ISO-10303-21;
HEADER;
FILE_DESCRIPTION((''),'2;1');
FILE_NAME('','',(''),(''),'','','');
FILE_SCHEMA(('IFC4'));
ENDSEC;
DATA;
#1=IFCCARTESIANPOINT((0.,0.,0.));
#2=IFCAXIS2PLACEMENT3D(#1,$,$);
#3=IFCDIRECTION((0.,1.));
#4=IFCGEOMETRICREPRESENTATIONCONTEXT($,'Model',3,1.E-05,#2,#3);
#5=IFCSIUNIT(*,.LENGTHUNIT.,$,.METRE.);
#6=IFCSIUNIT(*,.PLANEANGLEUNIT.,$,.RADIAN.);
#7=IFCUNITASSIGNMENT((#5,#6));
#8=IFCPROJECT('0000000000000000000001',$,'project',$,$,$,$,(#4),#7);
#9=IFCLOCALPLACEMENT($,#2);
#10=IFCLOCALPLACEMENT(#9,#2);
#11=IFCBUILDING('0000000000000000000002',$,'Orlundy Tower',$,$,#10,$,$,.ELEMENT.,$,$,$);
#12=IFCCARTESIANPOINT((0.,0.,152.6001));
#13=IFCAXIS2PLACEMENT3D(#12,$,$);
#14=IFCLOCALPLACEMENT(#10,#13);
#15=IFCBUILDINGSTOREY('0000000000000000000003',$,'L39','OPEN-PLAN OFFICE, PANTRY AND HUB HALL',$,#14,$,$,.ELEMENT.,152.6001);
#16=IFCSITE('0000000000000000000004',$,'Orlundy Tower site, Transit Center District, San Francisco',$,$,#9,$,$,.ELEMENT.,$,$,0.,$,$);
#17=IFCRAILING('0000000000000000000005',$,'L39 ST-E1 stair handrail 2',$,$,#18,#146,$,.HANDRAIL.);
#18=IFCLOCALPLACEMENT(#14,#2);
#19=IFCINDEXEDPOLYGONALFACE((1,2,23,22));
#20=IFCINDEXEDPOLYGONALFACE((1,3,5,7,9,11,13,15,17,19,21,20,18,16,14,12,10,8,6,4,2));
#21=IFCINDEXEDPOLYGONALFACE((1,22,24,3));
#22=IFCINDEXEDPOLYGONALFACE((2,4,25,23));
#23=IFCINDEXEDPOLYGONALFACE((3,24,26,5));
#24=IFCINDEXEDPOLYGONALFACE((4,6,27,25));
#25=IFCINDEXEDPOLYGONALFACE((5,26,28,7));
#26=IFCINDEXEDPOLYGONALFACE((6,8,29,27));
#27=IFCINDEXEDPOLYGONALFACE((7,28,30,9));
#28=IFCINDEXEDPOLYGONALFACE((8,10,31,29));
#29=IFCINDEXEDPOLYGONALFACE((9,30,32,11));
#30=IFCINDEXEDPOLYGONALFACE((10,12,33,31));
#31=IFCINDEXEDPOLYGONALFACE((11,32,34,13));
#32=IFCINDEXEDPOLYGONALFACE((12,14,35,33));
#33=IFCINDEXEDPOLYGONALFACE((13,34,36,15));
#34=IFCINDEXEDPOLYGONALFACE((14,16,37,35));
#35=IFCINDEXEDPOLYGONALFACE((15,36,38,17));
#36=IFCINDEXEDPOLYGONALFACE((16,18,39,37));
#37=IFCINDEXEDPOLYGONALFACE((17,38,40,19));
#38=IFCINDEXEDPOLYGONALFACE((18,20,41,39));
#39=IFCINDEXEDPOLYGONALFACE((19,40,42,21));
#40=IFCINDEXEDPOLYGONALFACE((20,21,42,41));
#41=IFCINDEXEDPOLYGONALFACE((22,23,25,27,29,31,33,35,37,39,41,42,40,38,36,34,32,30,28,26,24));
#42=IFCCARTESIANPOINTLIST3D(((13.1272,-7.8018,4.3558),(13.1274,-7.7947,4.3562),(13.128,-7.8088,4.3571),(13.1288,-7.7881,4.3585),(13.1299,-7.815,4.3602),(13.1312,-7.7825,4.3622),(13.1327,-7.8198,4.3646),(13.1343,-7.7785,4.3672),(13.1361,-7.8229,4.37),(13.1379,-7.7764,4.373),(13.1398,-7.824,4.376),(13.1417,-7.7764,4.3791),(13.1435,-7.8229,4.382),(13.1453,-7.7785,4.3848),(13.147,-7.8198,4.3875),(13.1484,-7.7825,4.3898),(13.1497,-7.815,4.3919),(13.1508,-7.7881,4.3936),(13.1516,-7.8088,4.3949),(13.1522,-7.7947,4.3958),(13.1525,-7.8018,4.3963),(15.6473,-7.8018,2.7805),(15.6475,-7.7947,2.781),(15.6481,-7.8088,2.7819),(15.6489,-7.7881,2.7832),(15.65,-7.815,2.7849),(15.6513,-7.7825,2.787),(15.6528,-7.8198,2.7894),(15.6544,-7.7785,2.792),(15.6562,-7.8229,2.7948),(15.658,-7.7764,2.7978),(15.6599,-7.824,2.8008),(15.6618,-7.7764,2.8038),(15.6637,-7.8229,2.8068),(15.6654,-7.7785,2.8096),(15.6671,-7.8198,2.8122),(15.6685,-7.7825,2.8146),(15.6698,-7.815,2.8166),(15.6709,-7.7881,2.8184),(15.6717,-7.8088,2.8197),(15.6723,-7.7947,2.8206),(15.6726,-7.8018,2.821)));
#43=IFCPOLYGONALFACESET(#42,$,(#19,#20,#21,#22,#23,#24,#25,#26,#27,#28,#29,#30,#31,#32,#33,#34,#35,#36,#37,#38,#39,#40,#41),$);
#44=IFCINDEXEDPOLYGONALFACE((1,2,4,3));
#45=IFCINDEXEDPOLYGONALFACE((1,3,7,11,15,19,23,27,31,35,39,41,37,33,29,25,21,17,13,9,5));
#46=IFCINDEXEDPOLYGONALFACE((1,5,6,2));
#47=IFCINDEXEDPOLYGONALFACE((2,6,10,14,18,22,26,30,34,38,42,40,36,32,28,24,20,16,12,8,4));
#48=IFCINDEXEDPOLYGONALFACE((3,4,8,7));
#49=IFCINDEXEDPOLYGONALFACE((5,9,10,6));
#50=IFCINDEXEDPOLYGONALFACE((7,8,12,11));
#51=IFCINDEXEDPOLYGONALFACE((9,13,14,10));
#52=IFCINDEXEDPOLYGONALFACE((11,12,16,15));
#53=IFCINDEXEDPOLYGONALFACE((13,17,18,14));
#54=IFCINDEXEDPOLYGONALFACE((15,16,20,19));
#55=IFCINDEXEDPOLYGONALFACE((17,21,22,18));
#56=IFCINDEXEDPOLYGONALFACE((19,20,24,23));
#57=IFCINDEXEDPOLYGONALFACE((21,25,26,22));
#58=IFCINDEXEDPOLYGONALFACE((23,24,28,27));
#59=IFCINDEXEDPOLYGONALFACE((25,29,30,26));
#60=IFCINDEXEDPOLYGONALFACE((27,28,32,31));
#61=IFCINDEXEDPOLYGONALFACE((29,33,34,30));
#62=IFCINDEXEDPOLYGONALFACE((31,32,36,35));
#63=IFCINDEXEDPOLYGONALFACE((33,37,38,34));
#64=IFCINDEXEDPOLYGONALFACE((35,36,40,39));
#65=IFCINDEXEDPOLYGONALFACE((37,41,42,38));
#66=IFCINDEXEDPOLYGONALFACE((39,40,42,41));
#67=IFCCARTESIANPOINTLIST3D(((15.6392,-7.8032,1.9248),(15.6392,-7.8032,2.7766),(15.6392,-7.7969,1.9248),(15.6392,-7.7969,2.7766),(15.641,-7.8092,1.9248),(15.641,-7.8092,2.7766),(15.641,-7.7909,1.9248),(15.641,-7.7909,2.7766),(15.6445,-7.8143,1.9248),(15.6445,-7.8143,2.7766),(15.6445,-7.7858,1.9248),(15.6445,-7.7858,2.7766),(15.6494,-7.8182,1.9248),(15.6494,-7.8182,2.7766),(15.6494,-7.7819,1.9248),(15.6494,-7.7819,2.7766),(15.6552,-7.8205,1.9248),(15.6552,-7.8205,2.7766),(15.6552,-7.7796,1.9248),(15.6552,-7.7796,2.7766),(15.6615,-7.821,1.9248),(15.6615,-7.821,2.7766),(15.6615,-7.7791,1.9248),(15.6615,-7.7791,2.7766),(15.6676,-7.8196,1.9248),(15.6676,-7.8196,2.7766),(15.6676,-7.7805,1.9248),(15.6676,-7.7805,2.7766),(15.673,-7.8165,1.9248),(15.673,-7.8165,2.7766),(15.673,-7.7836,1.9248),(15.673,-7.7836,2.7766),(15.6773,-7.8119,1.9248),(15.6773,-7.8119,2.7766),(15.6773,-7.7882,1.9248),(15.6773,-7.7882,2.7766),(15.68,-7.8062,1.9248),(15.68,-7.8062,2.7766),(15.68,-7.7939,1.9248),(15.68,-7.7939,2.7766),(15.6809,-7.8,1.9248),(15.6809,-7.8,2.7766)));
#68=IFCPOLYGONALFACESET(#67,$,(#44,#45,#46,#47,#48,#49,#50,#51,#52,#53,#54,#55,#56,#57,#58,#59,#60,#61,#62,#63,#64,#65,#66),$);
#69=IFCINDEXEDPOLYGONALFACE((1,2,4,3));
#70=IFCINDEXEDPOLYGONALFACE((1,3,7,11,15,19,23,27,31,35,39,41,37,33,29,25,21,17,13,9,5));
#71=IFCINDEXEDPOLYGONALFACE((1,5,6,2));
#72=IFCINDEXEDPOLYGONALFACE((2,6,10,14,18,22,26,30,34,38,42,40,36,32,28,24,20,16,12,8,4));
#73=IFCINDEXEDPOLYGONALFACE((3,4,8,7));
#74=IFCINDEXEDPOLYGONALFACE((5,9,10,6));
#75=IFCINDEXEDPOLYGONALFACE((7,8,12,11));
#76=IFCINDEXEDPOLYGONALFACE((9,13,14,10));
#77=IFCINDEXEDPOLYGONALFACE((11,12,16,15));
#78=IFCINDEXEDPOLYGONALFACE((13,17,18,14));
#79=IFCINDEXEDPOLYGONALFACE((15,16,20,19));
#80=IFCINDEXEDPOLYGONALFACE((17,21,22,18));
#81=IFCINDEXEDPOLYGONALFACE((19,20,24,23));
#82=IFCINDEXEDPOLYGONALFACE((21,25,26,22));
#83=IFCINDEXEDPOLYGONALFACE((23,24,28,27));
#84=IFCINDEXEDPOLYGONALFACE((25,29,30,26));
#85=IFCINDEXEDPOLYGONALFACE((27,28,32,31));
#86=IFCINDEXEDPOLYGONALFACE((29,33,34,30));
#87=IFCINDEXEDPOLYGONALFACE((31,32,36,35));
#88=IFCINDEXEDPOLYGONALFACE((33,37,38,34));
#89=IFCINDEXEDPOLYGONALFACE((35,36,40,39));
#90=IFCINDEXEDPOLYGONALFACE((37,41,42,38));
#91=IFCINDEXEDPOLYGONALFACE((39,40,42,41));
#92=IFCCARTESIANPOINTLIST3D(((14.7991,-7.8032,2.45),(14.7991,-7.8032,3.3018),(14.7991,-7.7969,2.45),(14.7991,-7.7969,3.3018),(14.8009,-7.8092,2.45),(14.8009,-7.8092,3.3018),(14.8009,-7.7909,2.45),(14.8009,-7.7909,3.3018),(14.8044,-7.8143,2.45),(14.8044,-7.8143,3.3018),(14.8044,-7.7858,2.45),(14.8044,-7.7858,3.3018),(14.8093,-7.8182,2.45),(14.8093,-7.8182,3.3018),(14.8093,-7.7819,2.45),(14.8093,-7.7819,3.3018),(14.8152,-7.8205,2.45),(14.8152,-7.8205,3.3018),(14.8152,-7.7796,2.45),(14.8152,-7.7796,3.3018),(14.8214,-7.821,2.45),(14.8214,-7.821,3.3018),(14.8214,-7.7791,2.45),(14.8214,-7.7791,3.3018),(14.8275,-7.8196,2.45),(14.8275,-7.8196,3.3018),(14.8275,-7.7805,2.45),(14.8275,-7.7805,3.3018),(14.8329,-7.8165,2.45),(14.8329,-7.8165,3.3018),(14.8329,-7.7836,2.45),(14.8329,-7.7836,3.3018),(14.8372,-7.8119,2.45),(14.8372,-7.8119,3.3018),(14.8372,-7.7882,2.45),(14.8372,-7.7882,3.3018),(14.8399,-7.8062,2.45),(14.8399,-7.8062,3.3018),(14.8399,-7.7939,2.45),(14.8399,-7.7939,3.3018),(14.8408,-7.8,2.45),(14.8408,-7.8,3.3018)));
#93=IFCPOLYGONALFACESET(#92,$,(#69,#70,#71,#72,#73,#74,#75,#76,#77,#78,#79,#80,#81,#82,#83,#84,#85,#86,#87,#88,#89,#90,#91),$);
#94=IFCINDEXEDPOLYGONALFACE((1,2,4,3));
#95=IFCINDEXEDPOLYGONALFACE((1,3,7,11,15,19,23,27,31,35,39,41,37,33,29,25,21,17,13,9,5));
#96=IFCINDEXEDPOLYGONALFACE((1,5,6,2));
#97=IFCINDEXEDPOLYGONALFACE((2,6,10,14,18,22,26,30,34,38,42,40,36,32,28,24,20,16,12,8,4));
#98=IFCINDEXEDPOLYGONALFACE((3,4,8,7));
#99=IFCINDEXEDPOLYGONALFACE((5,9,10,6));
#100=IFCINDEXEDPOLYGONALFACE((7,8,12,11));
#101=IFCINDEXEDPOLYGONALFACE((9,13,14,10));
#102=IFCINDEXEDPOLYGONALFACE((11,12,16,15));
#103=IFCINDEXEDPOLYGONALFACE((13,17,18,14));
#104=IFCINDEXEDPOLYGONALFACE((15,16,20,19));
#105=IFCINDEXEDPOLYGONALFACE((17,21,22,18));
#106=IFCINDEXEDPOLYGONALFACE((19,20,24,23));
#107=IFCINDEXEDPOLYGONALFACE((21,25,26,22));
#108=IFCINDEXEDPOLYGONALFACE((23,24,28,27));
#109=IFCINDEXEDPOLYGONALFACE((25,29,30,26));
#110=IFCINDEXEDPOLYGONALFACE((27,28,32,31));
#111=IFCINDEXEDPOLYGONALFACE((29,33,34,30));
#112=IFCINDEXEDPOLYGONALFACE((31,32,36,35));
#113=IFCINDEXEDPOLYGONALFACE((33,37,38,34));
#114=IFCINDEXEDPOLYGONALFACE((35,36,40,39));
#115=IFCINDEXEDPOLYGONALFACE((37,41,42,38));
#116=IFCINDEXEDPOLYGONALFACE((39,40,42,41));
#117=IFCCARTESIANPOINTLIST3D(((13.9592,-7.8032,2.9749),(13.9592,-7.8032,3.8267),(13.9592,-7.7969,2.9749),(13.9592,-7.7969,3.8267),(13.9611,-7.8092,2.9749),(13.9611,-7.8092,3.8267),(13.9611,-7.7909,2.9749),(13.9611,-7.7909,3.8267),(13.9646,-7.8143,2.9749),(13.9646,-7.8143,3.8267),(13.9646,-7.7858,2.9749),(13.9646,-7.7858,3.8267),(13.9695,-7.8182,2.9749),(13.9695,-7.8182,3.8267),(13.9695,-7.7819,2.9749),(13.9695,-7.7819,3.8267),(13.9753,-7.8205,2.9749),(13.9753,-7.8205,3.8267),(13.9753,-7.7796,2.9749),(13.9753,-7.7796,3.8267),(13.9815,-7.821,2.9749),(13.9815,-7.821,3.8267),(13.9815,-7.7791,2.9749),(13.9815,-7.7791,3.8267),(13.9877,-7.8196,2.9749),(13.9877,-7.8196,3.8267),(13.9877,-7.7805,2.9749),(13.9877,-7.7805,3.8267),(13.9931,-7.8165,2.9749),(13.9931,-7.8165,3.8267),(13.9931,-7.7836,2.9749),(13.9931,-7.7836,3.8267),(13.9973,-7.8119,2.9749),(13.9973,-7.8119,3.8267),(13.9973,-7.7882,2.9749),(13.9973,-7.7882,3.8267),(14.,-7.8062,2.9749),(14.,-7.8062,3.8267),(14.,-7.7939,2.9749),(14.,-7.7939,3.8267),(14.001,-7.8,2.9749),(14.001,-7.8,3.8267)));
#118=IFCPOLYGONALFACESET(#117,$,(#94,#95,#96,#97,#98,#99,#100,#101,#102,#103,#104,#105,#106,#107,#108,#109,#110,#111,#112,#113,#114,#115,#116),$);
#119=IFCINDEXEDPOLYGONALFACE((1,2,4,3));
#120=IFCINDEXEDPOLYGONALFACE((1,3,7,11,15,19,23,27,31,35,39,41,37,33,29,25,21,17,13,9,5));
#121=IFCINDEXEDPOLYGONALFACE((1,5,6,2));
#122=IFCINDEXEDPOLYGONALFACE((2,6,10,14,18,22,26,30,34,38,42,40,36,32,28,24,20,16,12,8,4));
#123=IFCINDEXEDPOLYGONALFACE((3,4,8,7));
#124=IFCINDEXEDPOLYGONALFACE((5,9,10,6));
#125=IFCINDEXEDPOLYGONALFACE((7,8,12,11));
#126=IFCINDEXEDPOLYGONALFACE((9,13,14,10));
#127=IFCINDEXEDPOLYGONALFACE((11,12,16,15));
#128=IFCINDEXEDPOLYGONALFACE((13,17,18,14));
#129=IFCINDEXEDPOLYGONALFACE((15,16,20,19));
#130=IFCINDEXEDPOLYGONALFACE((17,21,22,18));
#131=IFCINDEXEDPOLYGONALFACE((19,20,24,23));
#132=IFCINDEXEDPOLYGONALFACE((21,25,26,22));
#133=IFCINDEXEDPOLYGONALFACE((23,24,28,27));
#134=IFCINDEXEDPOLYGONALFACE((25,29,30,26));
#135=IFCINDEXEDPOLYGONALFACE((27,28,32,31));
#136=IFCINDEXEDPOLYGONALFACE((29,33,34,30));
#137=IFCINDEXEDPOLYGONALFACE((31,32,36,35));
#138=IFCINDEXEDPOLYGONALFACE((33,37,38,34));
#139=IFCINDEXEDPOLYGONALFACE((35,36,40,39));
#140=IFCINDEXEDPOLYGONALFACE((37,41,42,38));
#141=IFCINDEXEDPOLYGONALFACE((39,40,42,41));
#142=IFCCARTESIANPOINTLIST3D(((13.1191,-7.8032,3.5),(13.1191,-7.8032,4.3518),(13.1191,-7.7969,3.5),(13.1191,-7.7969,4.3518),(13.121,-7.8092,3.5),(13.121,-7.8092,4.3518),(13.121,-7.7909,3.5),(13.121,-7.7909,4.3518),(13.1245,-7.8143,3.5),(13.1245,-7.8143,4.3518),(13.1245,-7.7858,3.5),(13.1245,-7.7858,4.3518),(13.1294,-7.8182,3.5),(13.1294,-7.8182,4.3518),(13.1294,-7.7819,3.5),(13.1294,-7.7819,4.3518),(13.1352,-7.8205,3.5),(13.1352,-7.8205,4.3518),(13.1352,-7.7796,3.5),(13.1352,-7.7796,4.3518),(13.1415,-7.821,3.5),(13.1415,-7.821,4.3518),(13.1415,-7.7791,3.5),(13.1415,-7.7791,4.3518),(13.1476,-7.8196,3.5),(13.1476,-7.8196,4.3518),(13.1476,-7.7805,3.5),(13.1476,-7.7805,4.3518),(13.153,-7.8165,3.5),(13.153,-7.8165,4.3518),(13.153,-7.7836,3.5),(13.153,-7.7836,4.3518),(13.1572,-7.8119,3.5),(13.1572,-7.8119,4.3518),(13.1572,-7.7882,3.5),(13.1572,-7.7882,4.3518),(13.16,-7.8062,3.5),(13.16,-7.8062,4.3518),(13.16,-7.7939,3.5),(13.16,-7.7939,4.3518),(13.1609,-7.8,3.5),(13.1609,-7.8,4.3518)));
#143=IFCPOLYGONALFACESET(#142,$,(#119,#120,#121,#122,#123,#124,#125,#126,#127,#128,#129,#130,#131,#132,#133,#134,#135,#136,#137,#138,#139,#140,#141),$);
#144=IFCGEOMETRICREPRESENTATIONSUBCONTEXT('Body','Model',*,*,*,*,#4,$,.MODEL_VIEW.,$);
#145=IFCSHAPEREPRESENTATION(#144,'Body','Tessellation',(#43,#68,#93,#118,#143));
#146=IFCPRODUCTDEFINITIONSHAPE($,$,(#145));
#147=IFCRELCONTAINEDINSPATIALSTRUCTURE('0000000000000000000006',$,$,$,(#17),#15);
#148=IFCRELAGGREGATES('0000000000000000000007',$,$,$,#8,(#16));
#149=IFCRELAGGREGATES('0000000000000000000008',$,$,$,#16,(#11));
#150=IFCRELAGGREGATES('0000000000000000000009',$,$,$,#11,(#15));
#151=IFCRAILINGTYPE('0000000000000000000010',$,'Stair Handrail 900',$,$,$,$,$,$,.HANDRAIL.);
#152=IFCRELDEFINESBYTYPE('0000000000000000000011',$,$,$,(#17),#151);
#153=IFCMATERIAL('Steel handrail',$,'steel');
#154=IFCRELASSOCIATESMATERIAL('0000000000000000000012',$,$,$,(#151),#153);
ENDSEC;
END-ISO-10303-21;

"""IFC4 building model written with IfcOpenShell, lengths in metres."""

from ifc_helpers import new_model, si_unit, direction, frame, origin, origin_2d, place, context, subcontext, project, spatial, circle, extrude, material, type_object, element, save


model = new_model("IFC4")

# Units and contexts
model_context = context("Model", 3, precision=1e-05, world=origin(), true_north=direction((0.0, 1.0)))
body_context = subcontext(model_context, "Body", "Model", "MODEL_VIEW")
ifc_project = project(units=[si_unit("LENGTHUNIT", "METRE"), si_unit("PLANEANGLEUNIT", "RADIAN")], contexts=[model_context])

# Site, building, storey
site_placement = place(None, origin())
site = spatial("IfcSite", under=ifc_project, at=site_placement, Name="Orlundy Tower site, Transit Center District, San Francisco", CompositionType="ELEMENT", RefElevation=0.0)
building_placement = place(site_placement, origin())
building = spatial("IfcBuilding", under=site, at=building_placement, Name="Orlundy Tower", CompositionType="ELEMENT")
storey_placement = place(building_placement, frame((0.0, 0.0, 152.6001)))
storey = spatial("IfcBuildingStorey", under=building, at=storey_placement, Name="L39", Description="OPEN-PLAN OFFICE, PANTRY AND HUB HALL", CompositionType="ELEMENT", Elevation=152.6001)

# Railing
ifc_material_1 = material(Name="Steel handrail", Category="steel")
railing_type_1 = type_object("IfcRailingType", Name="Stair Handrail 900", PredefinedType="HANDRAIL", material=ifc_material_1)
railing_1_placement = place(storey_placement, frame((15.6599, -7.8, 1.9248)))
element("IfcRailing", 1, at=railing_1_placement, inside=storey, type_object=railing_type_1, Name="L39 ST-E1 stair handrail 2", PredefinedType="HANDRAIL", context=body_context, shape_type="SweptSolid", body=[
    extrude(circle(Radius=0.0239, at=origin_2d()), frame((0.0, 0.0, 0.876), z_axis=(-0.847971, 0.0, 0.530043), x_axis=(0.0, -1.0, 0.0)), (0.0, 0.0, 1.0), 2.9719),
    extrude(circle(Radius=0.021, at=origin_2d()), origin(), (0.0, 0.0, 1.0), 0.8518),
    extrude(circle(Radius=0.021, at=origin_2d()), frame((-0.8401, 0.0, 0.5251)), (0.0, 0.0, 1.0), 0.8518),
    extrude(circle(Radius=0.021, at=origin_2d()), frame((-1.6799, 0.0, 1.05)), (0.0, 0.0, 1.0), 0.8518),
    extrude(circle(Radius=0.021, at=origin_2d()), frame((-2.52, 0.0, 1.5752)), (0.0, 0.0, 1.0), 0.8518),
])

save(model, "model.ifc")
